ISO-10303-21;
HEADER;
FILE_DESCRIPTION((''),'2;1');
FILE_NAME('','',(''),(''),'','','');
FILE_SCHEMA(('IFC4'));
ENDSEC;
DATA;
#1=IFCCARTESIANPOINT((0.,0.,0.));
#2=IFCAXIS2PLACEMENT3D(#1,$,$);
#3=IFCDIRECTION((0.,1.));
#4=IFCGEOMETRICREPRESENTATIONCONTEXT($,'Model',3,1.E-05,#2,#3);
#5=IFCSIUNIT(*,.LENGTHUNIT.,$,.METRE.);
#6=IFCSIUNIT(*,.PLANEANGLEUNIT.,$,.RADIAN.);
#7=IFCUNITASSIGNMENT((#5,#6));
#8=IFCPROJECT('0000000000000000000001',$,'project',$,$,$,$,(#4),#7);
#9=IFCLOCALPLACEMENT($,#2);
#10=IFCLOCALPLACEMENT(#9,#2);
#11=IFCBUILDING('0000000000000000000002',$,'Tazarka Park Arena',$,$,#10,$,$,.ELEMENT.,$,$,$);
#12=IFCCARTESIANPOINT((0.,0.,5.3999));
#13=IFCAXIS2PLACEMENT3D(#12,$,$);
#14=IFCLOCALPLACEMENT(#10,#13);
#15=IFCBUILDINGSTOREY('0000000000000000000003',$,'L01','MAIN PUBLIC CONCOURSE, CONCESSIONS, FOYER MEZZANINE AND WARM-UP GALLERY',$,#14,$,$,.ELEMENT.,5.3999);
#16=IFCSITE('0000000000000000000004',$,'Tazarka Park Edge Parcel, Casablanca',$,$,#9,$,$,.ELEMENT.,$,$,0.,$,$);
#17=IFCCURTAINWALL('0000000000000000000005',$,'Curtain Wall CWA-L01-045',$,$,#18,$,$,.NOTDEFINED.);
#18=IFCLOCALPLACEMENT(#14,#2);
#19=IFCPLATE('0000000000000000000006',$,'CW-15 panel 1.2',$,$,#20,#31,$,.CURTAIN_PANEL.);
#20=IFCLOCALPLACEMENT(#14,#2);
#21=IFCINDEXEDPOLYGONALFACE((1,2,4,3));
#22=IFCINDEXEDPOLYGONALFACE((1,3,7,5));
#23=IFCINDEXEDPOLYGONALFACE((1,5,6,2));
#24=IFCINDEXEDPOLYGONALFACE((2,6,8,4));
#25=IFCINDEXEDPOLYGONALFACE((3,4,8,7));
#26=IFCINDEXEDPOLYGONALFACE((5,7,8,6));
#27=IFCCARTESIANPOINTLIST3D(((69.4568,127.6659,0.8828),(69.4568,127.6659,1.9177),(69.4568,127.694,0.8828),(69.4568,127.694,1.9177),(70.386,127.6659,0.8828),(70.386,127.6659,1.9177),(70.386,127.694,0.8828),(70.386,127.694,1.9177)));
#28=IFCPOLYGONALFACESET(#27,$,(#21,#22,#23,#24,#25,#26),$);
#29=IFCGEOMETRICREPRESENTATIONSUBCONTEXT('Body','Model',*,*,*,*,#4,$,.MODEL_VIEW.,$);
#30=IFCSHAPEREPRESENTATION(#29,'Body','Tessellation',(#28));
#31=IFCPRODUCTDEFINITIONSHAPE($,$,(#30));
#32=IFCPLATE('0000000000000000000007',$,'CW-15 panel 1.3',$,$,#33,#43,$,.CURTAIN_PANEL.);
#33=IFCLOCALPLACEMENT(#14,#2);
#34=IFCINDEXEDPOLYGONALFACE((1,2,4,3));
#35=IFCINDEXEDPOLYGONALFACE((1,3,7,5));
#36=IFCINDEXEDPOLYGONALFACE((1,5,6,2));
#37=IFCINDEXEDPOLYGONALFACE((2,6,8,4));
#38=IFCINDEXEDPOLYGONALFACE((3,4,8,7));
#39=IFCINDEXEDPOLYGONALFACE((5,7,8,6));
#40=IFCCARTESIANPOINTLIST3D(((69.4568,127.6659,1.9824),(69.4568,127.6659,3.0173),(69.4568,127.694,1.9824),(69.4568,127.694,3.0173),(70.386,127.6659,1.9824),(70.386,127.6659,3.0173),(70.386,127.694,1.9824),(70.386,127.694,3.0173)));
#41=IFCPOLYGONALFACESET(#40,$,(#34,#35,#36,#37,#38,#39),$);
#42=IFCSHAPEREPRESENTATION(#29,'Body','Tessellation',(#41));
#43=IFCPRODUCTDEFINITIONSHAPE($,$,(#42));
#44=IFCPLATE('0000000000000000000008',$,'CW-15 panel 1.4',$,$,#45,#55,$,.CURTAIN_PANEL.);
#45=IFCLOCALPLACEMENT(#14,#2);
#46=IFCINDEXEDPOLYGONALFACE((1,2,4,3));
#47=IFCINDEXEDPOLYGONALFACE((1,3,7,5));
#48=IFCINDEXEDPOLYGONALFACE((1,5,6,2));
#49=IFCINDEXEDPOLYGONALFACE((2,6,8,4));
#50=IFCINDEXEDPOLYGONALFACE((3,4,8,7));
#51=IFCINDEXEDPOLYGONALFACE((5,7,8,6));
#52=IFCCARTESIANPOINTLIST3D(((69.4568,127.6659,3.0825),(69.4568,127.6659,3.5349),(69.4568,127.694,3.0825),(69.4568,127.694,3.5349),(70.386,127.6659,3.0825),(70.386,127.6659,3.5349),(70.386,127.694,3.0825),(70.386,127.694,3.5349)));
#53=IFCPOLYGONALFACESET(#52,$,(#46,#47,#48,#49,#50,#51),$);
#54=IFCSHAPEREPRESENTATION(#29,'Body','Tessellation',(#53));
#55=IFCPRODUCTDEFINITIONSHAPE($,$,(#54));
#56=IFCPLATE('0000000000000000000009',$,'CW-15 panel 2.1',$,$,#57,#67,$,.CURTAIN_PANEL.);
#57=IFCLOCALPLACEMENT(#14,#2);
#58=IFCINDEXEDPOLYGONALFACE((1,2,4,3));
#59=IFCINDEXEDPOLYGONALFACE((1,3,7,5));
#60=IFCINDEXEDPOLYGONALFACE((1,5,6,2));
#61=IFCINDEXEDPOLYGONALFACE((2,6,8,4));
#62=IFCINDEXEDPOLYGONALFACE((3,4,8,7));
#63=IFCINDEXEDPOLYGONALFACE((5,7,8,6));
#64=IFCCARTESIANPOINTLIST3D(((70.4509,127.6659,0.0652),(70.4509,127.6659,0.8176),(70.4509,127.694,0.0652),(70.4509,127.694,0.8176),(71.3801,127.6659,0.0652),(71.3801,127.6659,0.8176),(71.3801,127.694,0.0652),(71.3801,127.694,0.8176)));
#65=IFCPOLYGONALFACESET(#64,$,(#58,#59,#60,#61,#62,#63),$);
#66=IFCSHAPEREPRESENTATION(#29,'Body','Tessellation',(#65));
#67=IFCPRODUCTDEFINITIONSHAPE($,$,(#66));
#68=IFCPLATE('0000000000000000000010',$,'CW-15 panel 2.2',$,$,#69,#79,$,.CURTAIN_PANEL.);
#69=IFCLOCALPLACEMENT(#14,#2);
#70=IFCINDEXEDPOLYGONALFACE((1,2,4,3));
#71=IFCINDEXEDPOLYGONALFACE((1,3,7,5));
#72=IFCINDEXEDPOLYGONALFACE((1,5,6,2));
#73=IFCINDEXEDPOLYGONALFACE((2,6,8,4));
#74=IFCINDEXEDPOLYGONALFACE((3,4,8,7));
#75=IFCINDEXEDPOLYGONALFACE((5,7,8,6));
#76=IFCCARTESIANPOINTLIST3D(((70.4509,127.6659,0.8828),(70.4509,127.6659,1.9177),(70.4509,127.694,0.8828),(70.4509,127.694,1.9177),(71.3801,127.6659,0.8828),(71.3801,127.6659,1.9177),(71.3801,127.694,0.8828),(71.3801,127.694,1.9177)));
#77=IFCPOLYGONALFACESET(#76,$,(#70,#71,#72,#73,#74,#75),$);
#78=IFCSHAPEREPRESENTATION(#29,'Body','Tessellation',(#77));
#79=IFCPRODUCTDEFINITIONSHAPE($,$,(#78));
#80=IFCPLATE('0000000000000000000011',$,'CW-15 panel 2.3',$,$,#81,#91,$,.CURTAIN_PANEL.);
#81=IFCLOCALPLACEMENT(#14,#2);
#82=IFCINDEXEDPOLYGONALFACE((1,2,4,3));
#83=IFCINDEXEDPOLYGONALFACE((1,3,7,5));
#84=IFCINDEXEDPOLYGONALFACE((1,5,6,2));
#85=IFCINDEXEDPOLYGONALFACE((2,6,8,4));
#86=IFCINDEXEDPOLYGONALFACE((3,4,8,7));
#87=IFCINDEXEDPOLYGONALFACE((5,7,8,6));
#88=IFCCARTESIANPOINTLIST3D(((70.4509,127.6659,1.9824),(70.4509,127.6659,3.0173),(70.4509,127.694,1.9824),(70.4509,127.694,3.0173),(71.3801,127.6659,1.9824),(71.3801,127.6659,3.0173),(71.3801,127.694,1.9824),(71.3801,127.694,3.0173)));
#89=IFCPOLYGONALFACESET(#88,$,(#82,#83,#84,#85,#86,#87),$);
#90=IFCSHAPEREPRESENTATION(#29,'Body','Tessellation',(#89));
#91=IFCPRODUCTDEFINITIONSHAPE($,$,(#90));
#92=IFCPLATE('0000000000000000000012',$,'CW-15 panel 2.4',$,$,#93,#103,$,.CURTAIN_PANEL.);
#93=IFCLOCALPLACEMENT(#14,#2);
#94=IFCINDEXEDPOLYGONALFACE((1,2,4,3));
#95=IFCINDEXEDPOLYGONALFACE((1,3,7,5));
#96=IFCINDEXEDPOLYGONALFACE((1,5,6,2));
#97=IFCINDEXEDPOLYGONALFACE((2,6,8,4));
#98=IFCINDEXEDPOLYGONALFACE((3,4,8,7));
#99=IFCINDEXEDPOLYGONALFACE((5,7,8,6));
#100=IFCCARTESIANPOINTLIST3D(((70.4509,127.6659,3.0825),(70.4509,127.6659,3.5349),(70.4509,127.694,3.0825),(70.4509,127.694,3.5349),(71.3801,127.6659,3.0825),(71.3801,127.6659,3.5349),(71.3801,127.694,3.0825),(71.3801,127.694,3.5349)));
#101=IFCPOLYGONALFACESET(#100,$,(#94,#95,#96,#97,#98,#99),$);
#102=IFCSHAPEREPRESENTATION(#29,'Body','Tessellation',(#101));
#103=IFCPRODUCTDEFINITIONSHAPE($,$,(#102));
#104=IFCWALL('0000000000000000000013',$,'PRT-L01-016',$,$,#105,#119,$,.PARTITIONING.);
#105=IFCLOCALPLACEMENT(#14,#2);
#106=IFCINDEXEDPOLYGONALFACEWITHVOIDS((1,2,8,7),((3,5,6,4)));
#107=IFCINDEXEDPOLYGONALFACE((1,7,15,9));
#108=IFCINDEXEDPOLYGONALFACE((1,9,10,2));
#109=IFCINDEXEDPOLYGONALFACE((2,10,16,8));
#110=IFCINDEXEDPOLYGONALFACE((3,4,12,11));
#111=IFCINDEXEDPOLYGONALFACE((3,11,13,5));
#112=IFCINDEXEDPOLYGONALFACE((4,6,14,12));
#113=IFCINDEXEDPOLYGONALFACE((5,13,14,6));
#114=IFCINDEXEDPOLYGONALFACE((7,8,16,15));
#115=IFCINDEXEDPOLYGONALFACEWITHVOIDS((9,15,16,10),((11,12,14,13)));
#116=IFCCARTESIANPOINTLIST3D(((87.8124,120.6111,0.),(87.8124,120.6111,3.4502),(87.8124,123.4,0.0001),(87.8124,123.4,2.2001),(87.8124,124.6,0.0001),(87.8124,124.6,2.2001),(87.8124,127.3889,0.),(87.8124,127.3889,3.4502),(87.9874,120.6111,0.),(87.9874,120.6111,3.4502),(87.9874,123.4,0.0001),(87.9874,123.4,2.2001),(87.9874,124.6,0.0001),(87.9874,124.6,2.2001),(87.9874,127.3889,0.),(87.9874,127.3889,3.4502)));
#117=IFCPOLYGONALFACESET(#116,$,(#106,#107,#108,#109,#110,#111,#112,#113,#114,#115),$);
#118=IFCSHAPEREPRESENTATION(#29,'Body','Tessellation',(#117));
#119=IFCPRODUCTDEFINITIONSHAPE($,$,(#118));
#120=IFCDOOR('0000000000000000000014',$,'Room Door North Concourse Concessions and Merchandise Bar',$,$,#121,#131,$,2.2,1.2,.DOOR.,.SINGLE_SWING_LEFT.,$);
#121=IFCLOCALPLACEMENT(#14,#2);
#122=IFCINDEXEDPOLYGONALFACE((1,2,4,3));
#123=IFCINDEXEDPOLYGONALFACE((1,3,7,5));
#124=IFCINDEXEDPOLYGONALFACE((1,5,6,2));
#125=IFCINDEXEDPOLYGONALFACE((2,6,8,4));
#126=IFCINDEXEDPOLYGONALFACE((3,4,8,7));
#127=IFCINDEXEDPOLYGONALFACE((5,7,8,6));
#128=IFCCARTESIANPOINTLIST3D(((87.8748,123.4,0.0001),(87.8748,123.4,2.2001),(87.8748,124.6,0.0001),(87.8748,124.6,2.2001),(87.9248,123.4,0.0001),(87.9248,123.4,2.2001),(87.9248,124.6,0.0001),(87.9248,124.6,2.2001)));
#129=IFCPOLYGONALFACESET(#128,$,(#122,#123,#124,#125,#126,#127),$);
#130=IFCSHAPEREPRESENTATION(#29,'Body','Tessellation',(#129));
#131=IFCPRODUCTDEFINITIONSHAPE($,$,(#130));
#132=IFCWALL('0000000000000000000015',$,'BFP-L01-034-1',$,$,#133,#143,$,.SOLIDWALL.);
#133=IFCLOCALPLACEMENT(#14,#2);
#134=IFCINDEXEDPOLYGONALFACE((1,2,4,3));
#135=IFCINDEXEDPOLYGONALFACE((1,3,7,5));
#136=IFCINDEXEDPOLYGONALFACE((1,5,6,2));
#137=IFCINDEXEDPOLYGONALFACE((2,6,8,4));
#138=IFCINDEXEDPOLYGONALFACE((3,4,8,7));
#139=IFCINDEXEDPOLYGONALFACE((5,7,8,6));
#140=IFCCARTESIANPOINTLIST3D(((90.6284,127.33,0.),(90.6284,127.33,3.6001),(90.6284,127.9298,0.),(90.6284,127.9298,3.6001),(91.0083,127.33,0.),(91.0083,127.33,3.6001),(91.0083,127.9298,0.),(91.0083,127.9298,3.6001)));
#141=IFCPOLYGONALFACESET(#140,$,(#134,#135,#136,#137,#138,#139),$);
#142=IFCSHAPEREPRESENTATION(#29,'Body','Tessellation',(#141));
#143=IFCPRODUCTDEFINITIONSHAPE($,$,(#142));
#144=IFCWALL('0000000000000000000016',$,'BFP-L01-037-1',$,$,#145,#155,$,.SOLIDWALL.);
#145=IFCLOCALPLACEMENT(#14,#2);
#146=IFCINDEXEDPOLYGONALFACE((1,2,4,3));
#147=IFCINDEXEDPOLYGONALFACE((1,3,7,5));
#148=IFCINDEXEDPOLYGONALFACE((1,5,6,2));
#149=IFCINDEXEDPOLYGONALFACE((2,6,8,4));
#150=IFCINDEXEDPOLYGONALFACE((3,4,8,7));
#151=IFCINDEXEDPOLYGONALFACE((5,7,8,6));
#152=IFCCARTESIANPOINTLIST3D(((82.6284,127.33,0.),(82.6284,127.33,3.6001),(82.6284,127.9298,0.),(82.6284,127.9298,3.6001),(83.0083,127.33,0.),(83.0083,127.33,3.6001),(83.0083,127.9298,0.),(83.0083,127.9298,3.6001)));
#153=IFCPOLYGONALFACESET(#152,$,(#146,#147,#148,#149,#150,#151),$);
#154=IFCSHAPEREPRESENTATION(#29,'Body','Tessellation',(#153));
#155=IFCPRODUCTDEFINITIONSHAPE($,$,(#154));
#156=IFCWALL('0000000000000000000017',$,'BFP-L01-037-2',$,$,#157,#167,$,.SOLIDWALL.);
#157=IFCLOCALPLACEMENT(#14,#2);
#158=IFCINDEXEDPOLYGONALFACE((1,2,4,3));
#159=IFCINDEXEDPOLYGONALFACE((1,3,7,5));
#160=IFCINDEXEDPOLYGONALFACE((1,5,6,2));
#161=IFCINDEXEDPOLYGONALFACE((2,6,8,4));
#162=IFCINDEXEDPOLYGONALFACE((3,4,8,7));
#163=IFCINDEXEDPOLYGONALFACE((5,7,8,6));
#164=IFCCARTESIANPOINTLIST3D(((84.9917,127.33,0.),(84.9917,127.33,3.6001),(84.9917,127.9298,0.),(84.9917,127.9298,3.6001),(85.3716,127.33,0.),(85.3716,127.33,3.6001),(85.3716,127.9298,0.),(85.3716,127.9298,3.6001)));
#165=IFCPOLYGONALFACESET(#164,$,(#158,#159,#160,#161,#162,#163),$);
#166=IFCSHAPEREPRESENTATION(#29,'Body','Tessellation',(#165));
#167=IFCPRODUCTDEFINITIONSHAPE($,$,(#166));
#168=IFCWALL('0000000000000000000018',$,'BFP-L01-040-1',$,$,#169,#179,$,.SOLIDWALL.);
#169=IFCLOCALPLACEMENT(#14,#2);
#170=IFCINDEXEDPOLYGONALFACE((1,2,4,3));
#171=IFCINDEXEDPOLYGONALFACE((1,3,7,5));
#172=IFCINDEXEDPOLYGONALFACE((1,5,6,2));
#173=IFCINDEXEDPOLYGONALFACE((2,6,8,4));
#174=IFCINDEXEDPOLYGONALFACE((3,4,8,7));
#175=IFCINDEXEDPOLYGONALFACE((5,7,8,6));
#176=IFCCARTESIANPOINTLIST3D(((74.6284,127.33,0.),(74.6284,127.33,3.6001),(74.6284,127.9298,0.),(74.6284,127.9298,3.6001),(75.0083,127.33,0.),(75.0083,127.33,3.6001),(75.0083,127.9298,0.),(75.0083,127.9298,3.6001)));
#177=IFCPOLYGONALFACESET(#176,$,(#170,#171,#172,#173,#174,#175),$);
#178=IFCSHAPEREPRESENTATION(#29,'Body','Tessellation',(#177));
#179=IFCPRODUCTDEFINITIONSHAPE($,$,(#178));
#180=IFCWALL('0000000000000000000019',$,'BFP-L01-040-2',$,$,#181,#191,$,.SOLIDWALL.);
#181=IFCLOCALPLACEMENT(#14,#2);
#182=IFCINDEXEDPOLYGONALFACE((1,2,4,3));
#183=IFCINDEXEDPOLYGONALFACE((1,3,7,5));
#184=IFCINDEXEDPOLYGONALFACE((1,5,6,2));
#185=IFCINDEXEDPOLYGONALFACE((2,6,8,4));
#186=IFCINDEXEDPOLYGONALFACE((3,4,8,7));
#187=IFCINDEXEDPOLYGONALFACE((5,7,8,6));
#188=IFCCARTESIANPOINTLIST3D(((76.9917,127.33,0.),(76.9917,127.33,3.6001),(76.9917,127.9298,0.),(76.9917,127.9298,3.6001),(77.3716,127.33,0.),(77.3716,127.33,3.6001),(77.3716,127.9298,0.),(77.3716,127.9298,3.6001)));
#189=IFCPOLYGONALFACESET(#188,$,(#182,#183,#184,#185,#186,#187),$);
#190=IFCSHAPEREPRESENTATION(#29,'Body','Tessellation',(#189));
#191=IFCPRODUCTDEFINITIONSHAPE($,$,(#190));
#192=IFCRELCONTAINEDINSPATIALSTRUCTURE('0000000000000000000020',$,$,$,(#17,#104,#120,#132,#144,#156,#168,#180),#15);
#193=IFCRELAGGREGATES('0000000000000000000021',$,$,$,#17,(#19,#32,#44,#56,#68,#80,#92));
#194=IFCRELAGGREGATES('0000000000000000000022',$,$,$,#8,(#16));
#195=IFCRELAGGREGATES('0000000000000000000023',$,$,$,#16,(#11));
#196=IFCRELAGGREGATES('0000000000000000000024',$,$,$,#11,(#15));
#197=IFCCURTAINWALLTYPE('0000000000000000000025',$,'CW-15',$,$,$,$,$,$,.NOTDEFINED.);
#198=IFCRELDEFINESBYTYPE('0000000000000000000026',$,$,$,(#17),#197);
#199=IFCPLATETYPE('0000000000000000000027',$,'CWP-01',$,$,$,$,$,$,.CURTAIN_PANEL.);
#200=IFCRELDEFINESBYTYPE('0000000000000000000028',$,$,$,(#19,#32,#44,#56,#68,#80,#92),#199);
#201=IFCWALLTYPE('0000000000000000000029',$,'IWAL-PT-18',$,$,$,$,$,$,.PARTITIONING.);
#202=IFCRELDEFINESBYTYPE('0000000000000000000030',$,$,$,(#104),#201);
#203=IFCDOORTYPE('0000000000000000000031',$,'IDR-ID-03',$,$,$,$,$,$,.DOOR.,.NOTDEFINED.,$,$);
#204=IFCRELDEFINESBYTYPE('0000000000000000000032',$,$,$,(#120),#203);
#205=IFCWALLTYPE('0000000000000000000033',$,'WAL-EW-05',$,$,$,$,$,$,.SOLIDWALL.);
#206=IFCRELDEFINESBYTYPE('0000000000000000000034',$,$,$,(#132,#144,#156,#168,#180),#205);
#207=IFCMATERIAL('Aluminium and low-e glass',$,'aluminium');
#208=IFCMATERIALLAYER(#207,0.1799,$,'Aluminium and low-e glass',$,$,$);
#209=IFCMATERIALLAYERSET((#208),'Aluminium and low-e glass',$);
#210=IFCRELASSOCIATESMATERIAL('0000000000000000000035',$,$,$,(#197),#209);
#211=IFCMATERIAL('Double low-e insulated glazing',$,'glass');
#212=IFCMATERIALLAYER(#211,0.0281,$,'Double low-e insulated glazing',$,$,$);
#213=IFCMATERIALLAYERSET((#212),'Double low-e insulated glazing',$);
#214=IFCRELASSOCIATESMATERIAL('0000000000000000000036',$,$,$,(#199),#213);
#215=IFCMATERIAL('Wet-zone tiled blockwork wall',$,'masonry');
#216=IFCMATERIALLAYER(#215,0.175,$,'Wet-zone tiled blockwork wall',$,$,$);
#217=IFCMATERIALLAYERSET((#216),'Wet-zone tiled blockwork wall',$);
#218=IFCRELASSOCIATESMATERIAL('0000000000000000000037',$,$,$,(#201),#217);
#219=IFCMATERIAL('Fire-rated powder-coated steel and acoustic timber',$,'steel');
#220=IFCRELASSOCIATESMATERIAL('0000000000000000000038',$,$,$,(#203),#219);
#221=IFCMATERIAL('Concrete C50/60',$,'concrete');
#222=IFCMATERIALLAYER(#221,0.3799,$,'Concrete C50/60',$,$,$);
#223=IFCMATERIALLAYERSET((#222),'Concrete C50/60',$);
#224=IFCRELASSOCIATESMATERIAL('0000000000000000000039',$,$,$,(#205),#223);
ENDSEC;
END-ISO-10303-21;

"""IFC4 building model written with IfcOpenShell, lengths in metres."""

from ifc_helpers import new_model, si_unit, direction, frame, frame_2d, origin, origin_2d, place, context, subcontext, project, spatial, rectangle, extrude, material, layer, layer_set, type_object, element, fill, aggregate, save


model = new_model("IFC4")

# Units and contexts
model_context = context("Model", 3, precision=1e-05, world=origin(), true_north=direction((0.0, 1.0)))
body_context = subcontext(model_context, "Body", "Model", "MODEL_VIEW")
ifc_project = project(units=[si_unit("LENGTHUNIT", "METRE"), si_unit("PLANEANGLEUNIT", "RADIAN")], contexts=[model_context])

# Site, building, storey
site_placement = place(None, origin())
site = spatial("IfcSite", under=ifc_project, at=site_placement, Name="Tazarka Park Edge Parcel, Casablanca", CompositionType="ELEMENT", RefElevation=0.0)
building_placement = place(site_placement, origin())
building = spatial("IfcBuilding", under=site, at=building_placement, Name="Tazarka Park Arena", CompositionType="ELEMENT")
storey_placement = place(building_placement, frame((0.0, 0.0, 5.3999)))
storey = spatial("IfcBuildingStorey", under=building, at=storey_placement, Name="L01", Description="MAIN PUBLIC CONCOURSE, CONCESSIONS, FOYER MEZZANINE AND WARM-UP GALLERY", CompositionType="ELEMENT", Elevation=5.3999)

# Curtain wall
ifc_material_1 = material(Name="Aluminium and low-e glass", Category="aluminium")
ifc_layer_1 = layer(ifc_material_1, 0.1799, Name="Aluminium and low-e glass")
ifc_layer_set_1 = layer_set([ifc_layer_1], Name="Aluminium and low-e glass")
curtain_wall_type_1 = type_object("IfcCurtainWallType", Name="CW-15", PredefinedType="NOTDEFINED", material=ifc_layer_set_1)
curtain_wall_1_placement = place(storey_placement, origin())
curtain_wall_1 = element("IfcCurtainWall", 1, at=curtain_wall_1_placement, inside=storey, type_object=curtain_wall_type_1, Name="Curtain Wall CWA-L01-045", PredefinedType="NOTDEFINED")

# Plates
ifc_material_2 = material(Name="Double low-e insulated glazing", Category="glass")
ifc_layer_2 = layer(ifc_material_2, 0.0281, Name="Double low-e insulated glazing")
ifc_layer_set_2 = layer_set([ifc_layer_2], Name="Double low-e insulated glazing")
plate_type = type_object("IfcPlateType", Name="CWP-01", PredefinedType="CURTAIN_PANEL", material=ifc_layer_set_2)
plate_1_placement = place(storey_placement, frame((69.9214, 127.6799, 0.8828), z_axis=(0.0, 0.0, 1.0), x_axis=(1.0, 0.0, 0.0)))
plate_1 = element("IfcPlate", 2, at=plate_1_placement, type_object=plate_type, Name="CW-15 panel 1.2", PredefinedType="CURTAIN_PANEL", context=body_context, shape_type="SweptSolid", body=[
    extrude(rectangle(XDim=0.9292, YDim=0.0281, at=origin_2d()), origin(), (0.0, 0.0, 1.0), 1.0349),
])
plate_2_placement = place(storey_placement, frame((69.9214, 127.6799, 1.9824), z_axis=(0.0, 0.0, 1.0), x_axis=(1.0, 0.0, 0.0)))
plate_2 = element("IfcPlate", 3, at=plate_2_placement, type_object=plate_type, Name="CW-15 panel 1.3", PredefinedType="CURTAIN_PANEL", context=body_context, shape_type="SweptSolid", body=[
    extrude(rectangle(XDim=0.9292, YDim=0.0281, at=origin_2d()), origin(), (0.0, 0.0, 1.0), 1.0349),
])
plate_3_placement = place(storey_placement, frame((69.9214, 127.6799, 3.0825), z_axis=(0.0, 0.0, 1.0), x_axis=(1.0, 0.0, 0.0)))
plate_3 = element("IfcPlate", 4, at=plate_3_placement, type_object=plate_type, Name="CW-15 panel 1.4", PredefinedType="CURTAIN_PANEL", context=body_context, shape_type="SweptSolid", body=[
    extrude(rectangle(XDim=0.9292, YDim=0.0281, at=origin_2d()), origin(), (0.0, 0.0, 1.0), 0.4524),
])
plate_4_placement = place(storey_placement, frame((70.9155, 127.6799, 0.0652), z_axis=(0.0, 0.0, 1.0), x_axis=(1.0, 0.0, 0.0)))
plate_4 = element("IfcPlate", 5, at=plate_4_placement, type_object=plate_type, Name="CW-15 panel 2.1", PredefinedType="CURTAIN_PANEL", context=body_context, shape_type="SweptSolid", body=[
    extrude(rectangle(XDim=0.9292, YDim=0.0281, at=origin_2d()), origin(), (0.0, 0.0, 1.0), 0.7524),
])
plate_5_placement = place(storey_placement, frame((70.9155, 127.6799, 0.8828), z_axis=(0.0, 0.0, 1.0), x_axis=(1.0, 0.0, 0.0)))
plate_5 = element("IfcPlate", 6, at=plate_5_placement, type_object=plate_type, Name="CW-15 panel 2.2", PredefinedType="CURTAIN_PANEL", context=body_context, shape_type="SweptSolid", body=[
    extrude(rectangle(XDim=0.9292, YDim=0.0281, at=origin_2d()), origin(), (0.0, 0.0, 1.0), 1.0349),
])
plate_6_placement = place(storey_placement, frame((70.9155, 127.6799, 1.9824), z_axis=(0.0, 0.0, 1.0), x_axis=(1.0, 0.0, 0.0)))
plate_6 = element("IfcPlate", 7, at=plate_6_placement, type_object=plate_type, Name="CW-15 panel 2.3", PredefinedType="CURTAIN_PANEL", context=body_context, shape_type="SweptSolid", body=[
    extrude(rectangle(XDim=0.9292, YDim=0.0281, at=origin_2d()), origin(), (0.0, 0.0, 1.0), 1.0349),
])
plate_7_placement = place(storey_placement, frame((70.9155, 127.6799, 3.0825), z_axis=(0.0, 0.0, 1.0), x_axis=(1.0, 0.0, 0.0)))
plate_7 = element("IfcPlate", 8, at=plate_7_placement, type_object=plate_type, Name="CW-15 panel 2.4", PredefinedType="CURTAIN_PANEL", context=body_context, shape_type="SweptSolid", body=[
    extrude(rectangle(XDim=0.9292, YDim=0.0281, at=origin_2d()), origin(), (0.0, 0.0, 1.0), 0.4524),
])
aggregate(curtain_wall_1, [plate_1, plate_2, plate_3, plate_4, plate_5, plate_6, plate_7])

# Wall, opening, door
ifc_material_3 = material(Name="Wet-zone tiled blockwork wall", Category="masonry")
ifc_layer_3 = layer(ifc_material_3, 0.175, Name="Wet-zone tiled blockwork wall")
ifc_layer_set_3 = layer_set([ifc_layer_3], Name="Wet-zone tiled blockwork wall")
wall_type_1 = type_object("IfcWallType", Name="IWAL-PT-18", PredefinedType="PARTITIONING", material=ifc_layer_set_3)
wall_placement = place(storey_placement, frame((87.8999, 127.3889, 0.0), z_axis=(0.0, 0.0, 1.0), x_axis=(0.0, -1.0, 0.0)))
wall = element("IfcWall", 9, at=wall_placement, inside=storey, type_object=wall_type_1, Name="PRT-L01-016", PredefinedType="PARTITIONING", context=body_context, shape_type="SweptSolid", body=[
    extrude(rectangle(XDim=6.7778, YDim=0.175, at=frame_2d((3.3889, 0.0))), origin(), (0.0, 0.0, 1.0), 3.4502),
])
opening_placement = place(wall_placement, frame((2.7888, 0.0, 0.0)))
opening = element("IfcOpeningElement", 10, at=opening_placement, cuts=wall, PredefinedType="OPENING", context=body_context, shape_type="SweptSolid", body=[
    extrude(rectangle(XDim=1.2, YDim=2.2, at=frame_2d((0.6001, 1.1001))), frame((0.0, 0.0977, 0.0), z_axis=(0.0, -1.0, 0.0), x_axis=(1.0, 0.0, 0.0)), (0.0, 0.0, 1.0), 0.1951),
])
ifc_material_4 = material(Name="Fire-rated powder-coated steel and acoustic timber", Category="steel")
door_type = type_object("IfcDoorType", Name="IDR-ID-03", OperationType="NOTDEFINED", PredefinedType="DOOR", material=ifc_material_4)
door_placement = place(opening_placement, origin())
door = element("IfcDoor", 11, at=door_placement, inside=storey, type_object=door_type, Name="Room Door North Concourse Concessions and Merchandise Bar", OperationType="SINGLE_SWING_LEFT", OverallHeight=2.2, OverallWidth=1.2, PredefinedType="DOOR", context=body_context, shape_type="SweptSolid", body=[
    extrude(rectangle(XDim=1.2, YDim=2.2, at=frame_2d((0.6001, 1.1001))), frame((0.0, 0.0249, 0.0), z_axis=(0.0, -1.0, 0.0), x_axis=(1.0, 0.0, 0.0)), (0.0, 0.0, 1.0), 0.05),
])
fill(opening, door)

# Walls
ifc_material_5 = material(Name="Concrete C50/60", Category="concrete")
ifc_layer_4 = layer(ifc_material_5, 0.3799, Name="Concrete C50/60")
ifc_layer_set_4 = layer_set([ifc_layer_4], Name="Concrete C50/60")
wall_type_2 = type_object("IfcWallType", Name="WAL-EW-05", PredefinedType="SOLIDWALL", material=ifc_layer_set_4)
for number, where, z_axis, x_axis, name in (
    (12, (90.8184, 127.3301, 0.0), (0.0, 0.0, 1.0), (0.0, 1.0, 0.0), "BFP-L01-034-1"),
    (13, (82.8184, 127.3301, 0.0), (0.0, 0.0, 1.0), (0.0, 1.0, 0.0), "BFP-L01-037-1"),
    (14, (85.1816, 127.3301, 0.0), (0.0, 0.0, 1.0), (0.0, 1.0, 0.0), "BFP-L01-037-2"),
    (15, (74.8184, 127.3301, 0.0), (0.0, 0.0, 1.0), (0.0, 1.0, 0.0), "BFP-L01-040-1"),
    (16, (77.1816, 127.3301, 0.0), (0.0, 0.0, 1.0), (0.0, 1.0, 0.0), "BFP-L01-040-2"),
):
    element("IfcWall", number, at=place(storey_placement, frame(where, z_axis=z_axis, x_axis=x_axis)), inside=storey, type_object=wall_type_2, Name=name, PredefinedType="SOLIDWALL", context=body_context, shape_type="SweptSolid", body=[
        extrude(rectangle(XDim=0.5999, YDim=0.3799, at=frame_2d((0.2998, 0.0))), origin(), (0.0, 0.0, 1.0), 3.6001),
    ])

save(model, "model.ifc")
